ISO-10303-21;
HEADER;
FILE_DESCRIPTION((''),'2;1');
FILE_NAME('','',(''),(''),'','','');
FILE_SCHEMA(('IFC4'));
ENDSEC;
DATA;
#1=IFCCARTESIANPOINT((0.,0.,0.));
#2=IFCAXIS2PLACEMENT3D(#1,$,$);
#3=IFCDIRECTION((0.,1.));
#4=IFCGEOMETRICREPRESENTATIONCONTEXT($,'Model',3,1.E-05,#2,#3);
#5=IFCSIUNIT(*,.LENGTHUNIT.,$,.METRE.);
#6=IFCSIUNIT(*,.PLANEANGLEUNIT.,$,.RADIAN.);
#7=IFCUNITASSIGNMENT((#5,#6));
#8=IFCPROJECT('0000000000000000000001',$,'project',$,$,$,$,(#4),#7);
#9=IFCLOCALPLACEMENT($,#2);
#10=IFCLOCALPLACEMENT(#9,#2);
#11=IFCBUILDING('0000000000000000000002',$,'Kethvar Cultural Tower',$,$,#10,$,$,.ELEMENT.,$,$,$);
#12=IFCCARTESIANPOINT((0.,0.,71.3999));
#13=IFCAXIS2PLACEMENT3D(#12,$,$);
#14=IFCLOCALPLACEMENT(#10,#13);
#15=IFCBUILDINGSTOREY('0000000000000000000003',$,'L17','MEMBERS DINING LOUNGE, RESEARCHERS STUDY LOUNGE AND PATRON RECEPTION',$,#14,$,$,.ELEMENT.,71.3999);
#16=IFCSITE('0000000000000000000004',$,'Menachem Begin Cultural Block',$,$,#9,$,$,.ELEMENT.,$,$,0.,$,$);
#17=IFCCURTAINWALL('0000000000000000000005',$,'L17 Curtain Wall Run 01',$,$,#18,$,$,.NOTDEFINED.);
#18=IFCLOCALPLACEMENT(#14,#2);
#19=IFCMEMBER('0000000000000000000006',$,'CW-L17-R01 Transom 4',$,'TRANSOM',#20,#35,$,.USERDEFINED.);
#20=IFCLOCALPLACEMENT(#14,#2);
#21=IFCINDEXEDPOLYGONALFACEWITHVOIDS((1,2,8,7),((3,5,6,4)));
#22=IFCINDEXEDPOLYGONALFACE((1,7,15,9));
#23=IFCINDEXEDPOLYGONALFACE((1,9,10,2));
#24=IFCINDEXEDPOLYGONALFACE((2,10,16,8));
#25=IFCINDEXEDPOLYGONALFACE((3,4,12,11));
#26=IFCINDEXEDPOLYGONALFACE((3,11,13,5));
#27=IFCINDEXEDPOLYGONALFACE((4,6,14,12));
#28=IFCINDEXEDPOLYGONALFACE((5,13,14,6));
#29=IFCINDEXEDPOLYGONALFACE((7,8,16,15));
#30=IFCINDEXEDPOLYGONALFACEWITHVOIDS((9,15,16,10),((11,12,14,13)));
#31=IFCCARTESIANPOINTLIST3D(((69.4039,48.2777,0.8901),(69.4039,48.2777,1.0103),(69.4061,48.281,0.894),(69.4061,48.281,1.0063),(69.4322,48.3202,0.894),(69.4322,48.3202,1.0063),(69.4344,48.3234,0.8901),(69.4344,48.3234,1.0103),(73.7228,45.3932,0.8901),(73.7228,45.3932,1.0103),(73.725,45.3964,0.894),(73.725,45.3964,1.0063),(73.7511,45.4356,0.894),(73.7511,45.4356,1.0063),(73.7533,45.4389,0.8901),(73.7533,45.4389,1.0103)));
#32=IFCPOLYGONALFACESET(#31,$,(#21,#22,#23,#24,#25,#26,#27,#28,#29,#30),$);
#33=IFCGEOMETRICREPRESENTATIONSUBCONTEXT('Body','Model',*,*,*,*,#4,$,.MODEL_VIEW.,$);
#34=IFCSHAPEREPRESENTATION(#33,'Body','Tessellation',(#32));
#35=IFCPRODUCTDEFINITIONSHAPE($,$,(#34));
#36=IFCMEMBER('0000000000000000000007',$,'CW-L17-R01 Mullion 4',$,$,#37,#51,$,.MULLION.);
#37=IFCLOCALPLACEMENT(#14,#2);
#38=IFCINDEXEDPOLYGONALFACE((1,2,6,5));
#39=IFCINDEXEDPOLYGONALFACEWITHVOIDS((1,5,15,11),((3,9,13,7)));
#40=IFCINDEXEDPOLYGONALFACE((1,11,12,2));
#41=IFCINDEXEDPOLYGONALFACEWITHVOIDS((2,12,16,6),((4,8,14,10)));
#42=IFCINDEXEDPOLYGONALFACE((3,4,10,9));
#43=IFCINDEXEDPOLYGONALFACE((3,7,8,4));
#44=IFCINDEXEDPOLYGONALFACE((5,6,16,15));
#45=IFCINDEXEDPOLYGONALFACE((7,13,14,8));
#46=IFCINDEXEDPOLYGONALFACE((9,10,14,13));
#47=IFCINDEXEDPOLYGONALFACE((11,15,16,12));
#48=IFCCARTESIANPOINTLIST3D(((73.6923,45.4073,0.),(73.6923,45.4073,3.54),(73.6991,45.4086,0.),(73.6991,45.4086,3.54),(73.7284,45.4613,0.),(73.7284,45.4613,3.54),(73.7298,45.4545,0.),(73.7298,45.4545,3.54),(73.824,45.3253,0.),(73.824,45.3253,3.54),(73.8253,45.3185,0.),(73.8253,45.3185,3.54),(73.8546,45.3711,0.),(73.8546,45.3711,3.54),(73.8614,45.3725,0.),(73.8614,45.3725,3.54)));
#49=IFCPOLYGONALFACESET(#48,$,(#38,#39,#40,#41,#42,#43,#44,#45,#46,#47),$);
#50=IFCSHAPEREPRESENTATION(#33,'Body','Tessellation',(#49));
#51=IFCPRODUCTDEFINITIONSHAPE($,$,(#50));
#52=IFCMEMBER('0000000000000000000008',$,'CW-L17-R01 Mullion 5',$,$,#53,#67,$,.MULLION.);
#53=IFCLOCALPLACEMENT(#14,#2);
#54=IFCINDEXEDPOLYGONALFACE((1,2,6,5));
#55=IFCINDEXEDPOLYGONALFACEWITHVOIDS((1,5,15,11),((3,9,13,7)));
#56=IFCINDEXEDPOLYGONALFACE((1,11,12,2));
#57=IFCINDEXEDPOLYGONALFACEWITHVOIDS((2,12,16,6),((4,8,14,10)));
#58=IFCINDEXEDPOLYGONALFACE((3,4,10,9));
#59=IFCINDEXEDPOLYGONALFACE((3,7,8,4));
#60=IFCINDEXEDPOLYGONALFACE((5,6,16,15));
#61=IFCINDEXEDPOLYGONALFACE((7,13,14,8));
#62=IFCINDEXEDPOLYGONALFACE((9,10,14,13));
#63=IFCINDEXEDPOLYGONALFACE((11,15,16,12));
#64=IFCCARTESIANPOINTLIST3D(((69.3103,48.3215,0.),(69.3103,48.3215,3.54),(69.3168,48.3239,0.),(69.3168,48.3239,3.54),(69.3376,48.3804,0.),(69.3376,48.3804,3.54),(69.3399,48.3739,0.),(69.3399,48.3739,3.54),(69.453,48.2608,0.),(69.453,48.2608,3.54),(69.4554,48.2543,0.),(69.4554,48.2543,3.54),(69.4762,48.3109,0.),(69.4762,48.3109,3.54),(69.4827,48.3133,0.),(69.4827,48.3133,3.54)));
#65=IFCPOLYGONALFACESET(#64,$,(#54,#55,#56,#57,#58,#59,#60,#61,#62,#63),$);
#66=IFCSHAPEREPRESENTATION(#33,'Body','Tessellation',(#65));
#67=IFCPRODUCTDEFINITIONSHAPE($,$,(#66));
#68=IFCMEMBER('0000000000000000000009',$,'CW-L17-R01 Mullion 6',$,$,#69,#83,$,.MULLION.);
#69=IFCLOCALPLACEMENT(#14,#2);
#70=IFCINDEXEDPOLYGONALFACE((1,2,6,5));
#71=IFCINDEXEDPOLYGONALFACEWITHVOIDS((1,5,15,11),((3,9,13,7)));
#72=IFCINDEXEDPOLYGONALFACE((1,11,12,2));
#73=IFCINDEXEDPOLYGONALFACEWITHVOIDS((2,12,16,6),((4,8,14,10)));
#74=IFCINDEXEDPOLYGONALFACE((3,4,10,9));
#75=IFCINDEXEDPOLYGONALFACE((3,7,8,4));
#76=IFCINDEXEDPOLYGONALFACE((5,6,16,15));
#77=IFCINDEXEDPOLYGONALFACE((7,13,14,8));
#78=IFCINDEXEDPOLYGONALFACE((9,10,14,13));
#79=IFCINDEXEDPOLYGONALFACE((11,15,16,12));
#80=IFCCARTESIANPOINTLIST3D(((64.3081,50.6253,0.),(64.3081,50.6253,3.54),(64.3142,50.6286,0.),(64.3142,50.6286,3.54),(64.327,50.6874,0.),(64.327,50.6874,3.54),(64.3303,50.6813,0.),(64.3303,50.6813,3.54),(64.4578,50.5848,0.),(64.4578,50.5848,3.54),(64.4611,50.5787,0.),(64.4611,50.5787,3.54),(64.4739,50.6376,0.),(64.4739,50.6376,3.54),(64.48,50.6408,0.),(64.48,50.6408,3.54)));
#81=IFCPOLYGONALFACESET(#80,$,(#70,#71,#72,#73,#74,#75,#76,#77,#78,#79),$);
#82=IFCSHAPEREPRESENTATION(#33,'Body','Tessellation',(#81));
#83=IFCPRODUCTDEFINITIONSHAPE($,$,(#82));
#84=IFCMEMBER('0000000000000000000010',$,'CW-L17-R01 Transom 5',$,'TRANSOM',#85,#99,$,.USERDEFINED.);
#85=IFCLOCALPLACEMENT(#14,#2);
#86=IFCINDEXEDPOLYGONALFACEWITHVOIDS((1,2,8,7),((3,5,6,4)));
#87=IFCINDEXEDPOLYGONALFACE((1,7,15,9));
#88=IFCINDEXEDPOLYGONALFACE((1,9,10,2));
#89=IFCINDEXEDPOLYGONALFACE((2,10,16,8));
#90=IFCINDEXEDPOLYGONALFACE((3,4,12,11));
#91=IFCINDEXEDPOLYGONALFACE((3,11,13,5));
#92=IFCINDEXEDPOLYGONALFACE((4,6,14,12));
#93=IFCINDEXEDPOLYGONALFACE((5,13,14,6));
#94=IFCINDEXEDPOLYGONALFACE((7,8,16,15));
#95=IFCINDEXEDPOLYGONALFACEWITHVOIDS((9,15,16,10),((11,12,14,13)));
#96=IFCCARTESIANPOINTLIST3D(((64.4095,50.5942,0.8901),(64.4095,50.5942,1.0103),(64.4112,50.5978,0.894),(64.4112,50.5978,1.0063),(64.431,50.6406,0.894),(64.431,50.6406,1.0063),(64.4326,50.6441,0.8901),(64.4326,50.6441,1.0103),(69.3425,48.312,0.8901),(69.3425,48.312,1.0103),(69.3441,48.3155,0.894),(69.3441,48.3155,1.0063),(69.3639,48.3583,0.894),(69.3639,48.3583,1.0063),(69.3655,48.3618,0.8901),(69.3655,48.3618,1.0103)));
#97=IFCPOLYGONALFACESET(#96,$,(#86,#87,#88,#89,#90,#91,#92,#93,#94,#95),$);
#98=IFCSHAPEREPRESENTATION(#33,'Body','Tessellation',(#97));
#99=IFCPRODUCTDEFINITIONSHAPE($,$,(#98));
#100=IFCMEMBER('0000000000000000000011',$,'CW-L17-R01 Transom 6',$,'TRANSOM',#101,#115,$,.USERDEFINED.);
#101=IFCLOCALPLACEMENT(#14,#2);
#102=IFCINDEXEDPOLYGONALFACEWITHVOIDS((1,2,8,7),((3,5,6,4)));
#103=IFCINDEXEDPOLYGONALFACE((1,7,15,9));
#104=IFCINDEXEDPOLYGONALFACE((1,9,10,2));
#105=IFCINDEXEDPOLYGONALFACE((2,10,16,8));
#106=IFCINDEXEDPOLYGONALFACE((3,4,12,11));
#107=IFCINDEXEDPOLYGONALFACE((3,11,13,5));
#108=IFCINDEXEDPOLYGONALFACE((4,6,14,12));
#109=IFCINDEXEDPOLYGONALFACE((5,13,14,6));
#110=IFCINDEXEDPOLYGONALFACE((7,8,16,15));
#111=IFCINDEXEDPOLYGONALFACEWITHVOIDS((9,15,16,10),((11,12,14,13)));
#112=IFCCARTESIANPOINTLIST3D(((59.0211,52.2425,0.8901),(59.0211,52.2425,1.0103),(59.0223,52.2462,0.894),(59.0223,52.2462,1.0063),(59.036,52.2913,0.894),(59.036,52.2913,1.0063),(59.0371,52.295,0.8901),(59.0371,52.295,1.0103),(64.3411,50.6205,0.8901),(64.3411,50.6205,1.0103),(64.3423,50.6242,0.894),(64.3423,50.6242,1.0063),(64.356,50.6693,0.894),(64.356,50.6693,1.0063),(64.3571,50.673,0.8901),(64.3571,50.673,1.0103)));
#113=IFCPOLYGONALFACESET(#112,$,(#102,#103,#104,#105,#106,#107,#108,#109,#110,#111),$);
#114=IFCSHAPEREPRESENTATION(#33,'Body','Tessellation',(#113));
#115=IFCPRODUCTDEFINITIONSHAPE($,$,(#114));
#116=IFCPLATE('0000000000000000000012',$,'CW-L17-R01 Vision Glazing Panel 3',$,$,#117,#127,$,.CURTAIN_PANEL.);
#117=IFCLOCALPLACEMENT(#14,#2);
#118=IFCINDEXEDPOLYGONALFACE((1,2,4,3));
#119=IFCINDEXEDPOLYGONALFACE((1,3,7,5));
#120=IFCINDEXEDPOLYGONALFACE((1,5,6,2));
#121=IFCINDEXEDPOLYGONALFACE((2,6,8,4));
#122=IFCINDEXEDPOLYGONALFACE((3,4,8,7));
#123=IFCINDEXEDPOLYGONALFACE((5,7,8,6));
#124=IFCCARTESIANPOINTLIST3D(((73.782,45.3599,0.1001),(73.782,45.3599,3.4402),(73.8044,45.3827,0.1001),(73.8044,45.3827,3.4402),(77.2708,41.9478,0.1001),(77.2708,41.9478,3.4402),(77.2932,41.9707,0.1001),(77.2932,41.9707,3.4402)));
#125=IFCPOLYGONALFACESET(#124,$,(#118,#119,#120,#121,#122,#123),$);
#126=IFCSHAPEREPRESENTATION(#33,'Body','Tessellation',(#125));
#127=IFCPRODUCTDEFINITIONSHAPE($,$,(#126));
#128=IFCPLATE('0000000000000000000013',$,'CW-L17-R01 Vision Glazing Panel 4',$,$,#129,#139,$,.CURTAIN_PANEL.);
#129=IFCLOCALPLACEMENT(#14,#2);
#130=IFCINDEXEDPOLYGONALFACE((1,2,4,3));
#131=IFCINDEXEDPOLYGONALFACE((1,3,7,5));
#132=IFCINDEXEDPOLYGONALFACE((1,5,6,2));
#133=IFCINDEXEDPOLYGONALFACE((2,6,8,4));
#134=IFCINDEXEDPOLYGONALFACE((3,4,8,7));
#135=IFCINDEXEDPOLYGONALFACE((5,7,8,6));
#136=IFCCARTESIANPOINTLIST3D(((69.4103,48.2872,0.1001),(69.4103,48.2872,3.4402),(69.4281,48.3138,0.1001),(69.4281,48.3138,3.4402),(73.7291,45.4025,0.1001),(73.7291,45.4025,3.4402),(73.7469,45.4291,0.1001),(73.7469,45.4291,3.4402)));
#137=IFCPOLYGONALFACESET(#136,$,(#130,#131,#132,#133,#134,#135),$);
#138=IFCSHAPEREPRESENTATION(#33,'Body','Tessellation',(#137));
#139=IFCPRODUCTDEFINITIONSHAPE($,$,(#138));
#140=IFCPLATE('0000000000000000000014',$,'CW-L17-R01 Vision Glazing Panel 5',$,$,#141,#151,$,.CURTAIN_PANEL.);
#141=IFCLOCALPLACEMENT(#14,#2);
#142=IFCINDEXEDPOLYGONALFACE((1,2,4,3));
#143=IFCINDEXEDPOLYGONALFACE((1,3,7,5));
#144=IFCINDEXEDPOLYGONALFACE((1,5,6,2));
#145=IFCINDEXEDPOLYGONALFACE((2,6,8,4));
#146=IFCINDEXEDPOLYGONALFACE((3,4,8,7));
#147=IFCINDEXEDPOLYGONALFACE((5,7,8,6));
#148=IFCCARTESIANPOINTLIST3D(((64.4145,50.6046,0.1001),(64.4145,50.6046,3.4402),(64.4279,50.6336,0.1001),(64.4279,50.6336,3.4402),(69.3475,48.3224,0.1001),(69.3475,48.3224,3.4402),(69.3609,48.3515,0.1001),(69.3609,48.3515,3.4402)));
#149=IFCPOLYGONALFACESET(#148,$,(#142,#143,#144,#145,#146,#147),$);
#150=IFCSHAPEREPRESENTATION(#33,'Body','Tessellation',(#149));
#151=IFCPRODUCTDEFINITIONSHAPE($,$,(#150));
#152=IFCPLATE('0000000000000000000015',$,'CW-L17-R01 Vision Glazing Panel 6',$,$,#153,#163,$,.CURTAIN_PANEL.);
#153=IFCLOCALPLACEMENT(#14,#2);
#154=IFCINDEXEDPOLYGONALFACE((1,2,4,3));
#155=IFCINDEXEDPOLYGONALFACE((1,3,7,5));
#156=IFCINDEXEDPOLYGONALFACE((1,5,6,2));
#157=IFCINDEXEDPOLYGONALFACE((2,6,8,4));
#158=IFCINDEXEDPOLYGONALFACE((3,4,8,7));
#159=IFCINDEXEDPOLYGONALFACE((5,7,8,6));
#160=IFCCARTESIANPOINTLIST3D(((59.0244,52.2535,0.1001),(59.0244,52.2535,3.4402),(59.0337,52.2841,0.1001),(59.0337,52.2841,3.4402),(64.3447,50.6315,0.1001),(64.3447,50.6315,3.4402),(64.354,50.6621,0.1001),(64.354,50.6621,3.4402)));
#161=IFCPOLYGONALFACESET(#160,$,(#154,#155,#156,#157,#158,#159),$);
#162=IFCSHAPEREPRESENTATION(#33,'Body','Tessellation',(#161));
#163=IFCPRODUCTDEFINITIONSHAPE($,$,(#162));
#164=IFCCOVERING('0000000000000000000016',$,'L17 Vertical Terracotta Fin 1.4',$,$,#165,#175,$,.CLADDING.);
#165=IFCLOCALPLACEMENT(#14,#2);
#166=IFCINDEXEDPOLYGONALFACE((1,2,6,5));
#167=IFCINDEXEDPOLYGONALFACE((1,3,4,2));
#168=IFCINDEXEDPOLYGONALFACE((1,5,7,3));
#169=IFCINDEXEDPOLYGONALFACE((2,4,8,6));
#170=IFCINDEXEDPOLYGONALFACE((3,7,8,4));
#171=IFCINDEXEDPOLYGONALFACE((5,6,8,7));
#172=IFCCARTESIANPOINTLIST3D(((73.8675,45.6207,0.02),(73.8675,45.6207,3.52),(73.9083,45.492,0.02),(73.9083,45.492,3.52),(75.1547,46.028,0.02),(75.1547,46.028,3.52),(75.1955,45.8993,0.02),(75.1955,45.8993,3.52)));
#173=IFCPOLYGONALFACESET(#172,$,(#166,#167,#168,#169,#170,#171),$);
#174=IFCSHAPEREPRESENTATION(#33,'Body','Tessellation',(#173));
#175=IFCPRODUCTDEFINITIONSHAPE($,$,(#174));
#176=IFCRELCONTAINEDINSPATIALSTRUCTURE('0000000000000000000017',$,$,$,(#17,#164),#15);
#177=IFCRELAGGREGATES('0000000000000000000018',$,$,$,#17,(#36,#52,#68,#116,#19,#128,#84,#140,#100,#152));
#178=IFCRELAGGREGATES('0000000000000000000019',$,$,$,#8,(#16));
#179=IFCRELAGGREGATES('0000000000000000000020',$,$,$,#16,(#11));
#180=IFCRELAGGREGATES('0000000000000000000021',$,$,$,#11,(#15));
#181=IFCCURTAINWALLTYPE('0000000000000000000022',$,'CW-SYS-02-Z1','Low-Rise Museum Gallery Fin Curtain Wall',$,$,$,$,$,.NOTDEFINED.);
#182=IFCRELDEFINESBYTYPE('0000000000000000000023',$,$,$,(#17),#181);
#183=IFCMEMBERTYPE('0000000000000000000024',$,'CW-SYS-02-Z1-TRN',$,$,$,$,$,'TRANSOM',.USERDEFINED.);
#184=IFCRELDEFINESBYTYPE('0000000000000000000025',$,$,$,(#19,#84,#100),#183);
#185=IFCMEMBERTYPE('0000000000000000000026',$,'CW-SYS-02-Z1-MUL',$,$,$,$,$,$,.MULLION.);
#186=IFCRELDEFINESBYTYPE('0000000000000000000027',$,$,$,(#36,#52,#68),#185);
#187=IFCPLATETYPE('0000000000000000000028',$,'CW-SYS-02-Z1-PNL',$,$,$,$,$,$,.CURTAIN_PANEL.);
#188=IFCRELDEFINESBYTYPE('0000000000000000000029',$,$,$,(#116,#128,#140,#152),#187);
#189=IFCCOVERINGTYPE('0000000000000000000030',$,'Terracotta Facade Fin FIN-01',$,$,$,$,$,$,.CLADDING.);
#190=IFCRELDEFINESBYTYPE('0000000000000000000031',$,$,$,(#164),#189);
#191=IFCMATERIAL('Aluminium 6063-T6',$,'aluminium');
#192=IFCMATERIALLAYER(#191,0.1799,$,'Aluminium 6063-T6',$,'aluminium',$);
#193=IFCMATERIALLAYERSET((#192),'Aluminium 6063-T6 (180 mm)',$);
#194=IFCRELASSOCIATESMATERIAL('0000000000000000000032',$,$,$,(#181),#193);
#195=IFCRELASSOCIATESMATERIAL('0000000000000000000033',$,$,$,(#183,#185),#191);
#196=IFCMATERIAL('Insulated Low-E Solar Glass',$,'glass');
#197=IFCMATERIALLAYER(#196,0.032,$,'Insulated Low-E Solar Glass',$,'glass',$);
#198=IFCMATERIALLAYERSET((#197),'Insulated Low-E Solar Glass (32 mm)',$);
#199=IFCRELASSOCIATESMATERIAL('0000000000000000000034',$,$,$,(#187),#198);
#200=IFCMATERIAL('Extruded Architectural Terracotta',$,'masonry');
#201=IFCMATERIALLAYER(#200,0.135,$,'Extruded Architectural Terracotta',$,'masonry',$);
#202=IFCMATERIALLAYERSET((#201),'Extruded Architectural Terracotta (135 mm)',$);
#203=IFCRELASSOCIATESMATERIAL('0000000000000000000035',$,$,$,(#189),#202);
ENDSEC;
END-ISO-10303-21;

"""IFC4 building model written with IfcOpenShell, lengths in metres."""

from ifc_helpers import new_model, si_unit, direction, frame, origin, origin_2d, place, context, subcontext, project, spatial, rectangle, hollow_rectangle, extrude, source, transform, mapped, material, layer, layer_set, material_profile, profile_set, type_object, element, aggregate, save


model = new_model("IFC4")

# Units and contexts
model_context = context("Model", 3, precision=1e-05, world=origin(), true_north=direction((0.0, 1.0)))
body_context = subcontext(model_context, "Body", "Model", "MODEL_VIEW")
ifc_project = project(units=[si_unit("LENGTHUNIT", "METRE"), si_unit("PLANEANGLEUNIT", "RADIAN")], contexts=[model_context])

# Site, building, storey
site_placement = place(None, origin())
site = spatial("IfcSite", under=ifc_project, at=site_placement, Name="Menachem Begin Cultural Block", CompositionType="ELEMENT", RefElevation=0.0)
building_placement = place(site_placement, origin())
building = spatial("IfcBuilding", under=site, at=building_placement, Name="Kethvar Cultural Tower", CompositionType="ELEMENT")
storey_placement = place(building_placement, frame((0.0, 0.0, 71.3999)))
storey = spatial("IfcBuildingStorey", under=building, at=storey_placement, Name="L17", Description="MEMBERS DINING LOUNGE, RESEARCHERS STUDY LOUNGE AND PATRON RECEPTION", CompositionType="ELEMENT", Elevation=71.3999)

# Curtain wall, members, plates
ifc_material_1 = material(Name="Aluminium 6063-T6", Category="aluminium")
ifc_layer_1 = layer(ifc_material_1, 0.1799, Name="Aluminium 6063-T6", Category="aluminium")
ifc_layer_set_1 = layer_set([ifc_layer_1], Name="Aluminium 6063-T6 (180 mm)")
curtain_wall_type = type_object("IfcCurtainWallType", Name="CW-SYS-02-Z1", Description="Low-Rise Museum Gallery Fin Curtain Wall", PredefinedType="NOTDEFINED", material=ifc_layer_set_1)
curtain_wall_placement = place(storey_placement, origin())
curtain_wall = element("IfcCurtainWall", 1, at=curtain_wall_placement, inside=storey, type_object=curtain_wall_type, Name="L17 Curtain Wall Run 01", PredefinedType="NOTDEFINED")
ifc_material_profile_1 = material_profile(ifc_material_1, hollow_rectangle(XDim=0.0549, YDim=0.1201, WallThickness=0.0039, at=origin_2d()), Name="Aluminium 6063-T6 — RHS120x55x4")
ifc_profile_set_1 = profile_set([ifc_material_profile_1], Name="Aluminium 6063-T6 — RHS120x55x4")
member_type_1 = type_object("IfcMemberType", Name="CW-SYS-02-Z1-TRN", ElementType="TRANSOM", PredefinedType="USERDEFINED", material=ifc_profile_set_1)
shared_shape_1 = source(origin(), body_context, "Body", "SweptSolid", [
    extrude(hollow_rectangle(XDim=0.0549, YDim=0.1201, WallThickness=0.0039, at=origin_2d()), origin(), (0.0, 0.0, 1.0), 5.1936),
])
member_1_placement = place(storey_placement, frame((73.738, 45.416, 0.9502), z_axis=(-0.83158, 0.555405, 0.0), x_axis=(-0.555405, -0.83158, 0.0)))
member_1 = element("IfcMember", 2, at=member_1_placement, type_object=member_type_1, Name="CW-L17-R01 Transom 4", ObjectType="TRANSOM", PredefinedType="USERDEFINED", context=body_context, shape_type="MappedRepresentation", body=[
    mapped(shared_shape_1, transform((0.0, 0.0, 0.0), scale=1.0)),
])
ifc_material_profile_2 = material_profile(ifc_material_1, hollow_rectangle(XDim=0.0649, YDim=0.1599, WallThickness=0.0049, at=origin_2d()), Name="Aluminium 6063-T6 — RHS160x65x5")
ifc_profile_set_2 = profile_set([ifc_material_profile_2], Name="Aluminium 6063-T6 — RHS160x65x5")
member_type_2 = type_object("IfcMemberType", Name="CW-SYS-02-Z1-MUL", PredefinedType="MULLION", material=ifc_profile_set_2)
shared_shape_2 = source(origin(), body_context, "Body", "SweptSolid", [
    extrude(hollow_rectangle(XDim=0.0649, YDim=0.1599, WallThickness=0.0049, at=origin_2d()), origin(), (0.0, 0.0, 1.0), 3.54),
])
member_2_placement = place(storey_placement, frame((73.7769, 45.3899, 0.0), z_axis=(0.0, 0.0, 1.0), x_axis=(-0.555425, -0.831567, 0.0)))
member_2 = element("IfcMember", 3, at=member_2_placement, type_object=member_type_2, Name="CW-L17-R01 Mullion 4", PredefinedType="MULLION", context=body_context, shape_type="MappedRepresentation", body=[
    mapped(shared_shape_2, transform((0.0, 0.0, 0.0), scale=1.0)),
])
member_3_placement = place(storey_placement, frame((69.3965, 48.3174, 0.0), z_axis=(0.0, 0.0, 1.0), x_axis=(-0.41988, -0.90758, 0.0)))
member_3 = element("IfcMember", 4, at=member_3_placement, type_object=member_type_2, Name="CW-L17-R01 Mullion 5", PredefinedType="MULLION", context=body_context, shape_type="MappedRepresentation", body=[
    mapped(shared_shape_2, transform((0.0, 0.0, 0.0), scale=1.0)),
])
member_4_placement = place(storey_placement, frame((64.394, 50.6331, 0.0), z_axis=(0.0, 0.0, 1.0), x_axis=(-0.291621, -0.956534, 0.0)))
member_4 = element("IfcMember", 5, at=member_4_placement, type_object=member_type_2, Name="CW-L17-R01 Mullion 6", PredefinedType="MULLION", context=body_context, shape_type="MappedRepresentation", body=[
    mapped(shared_shape_2, transform((0.0, 0.0, 0.0), scale=1.0)),
])
shared_shape_3 = source(origin(), body_context, "Body", "SweptSolid", [
    extrude(hollow_rectangle(XDim=0.0549, YDim=0.1201, WallThickness=0.0039, at=origin_2d()), origin(), (0.0, 0.0, 1.0), 5.4353),
])
member_5_placement = place(storey_placement, frame((69.354, 48.3369, 0.9502), z_axis=(-0.907572, 0.419895, 0.0), x_axis=(-0.419895, -0.907572, 0.0)))
member_5 = element("IfcMember", 6, at=member_5_placement, type_object=member_type_1, Name="CW-L17-R01 Transom 5", ObjectType="TRANSOM", PredefinedType="USERDEFINED", context=body_context, shape_type="MappedRepresentation", body=[
    mapped(shared_shape_3, transform((0.0, 0.0, 0.0), scale=1.0)),
])
shared_shape_4 = source(origin(), body_context, "Body", "SweptSolid", [
    extrude(hollow_rectangle(XDim=0.0549, YDim=0.1201, WallThickness=0.0039, at=origin_2d()), origin(), (0.0, 0.0, 1.0), 5.5618),
])
member_6_placement = place(storey_placement, frame((64.3491, 50.6467, 0.9502), z_axis=(-0.956528, 0.291642, 0.0), x_axis=(-0.291642, -0.956528, 0.0)))
member_6 = element("IfcMember", 7, at=member_6_placement, type_object=member_type_1, Name="CW-L17-R01 Transom 6", ObjectType="TRANSOM", PredefinedType="USERDEFINED", context=body_context, shape_type="MappedRepresentation", body=[
    mapped(shared_shape_4, transform((0.0, 0.0, 0.0), scale=1.0)),
])
ifc_material_2 = material(Name="Insulated Low-E Solar Glass", Category="glass")
ifc_layer_2 = layer(ifc_material_2, 0.032, Name="Insulated Low-E Solar Glass", Category="glass")
ifc_layer_set_2 = layer_set([ifc_layer_2], Name="Insulated Low-E Solar Glass (32 mm)")
plate_type = type_object("IfcPlateType", Name="CW-SYS-02-Z1-PNL", PredefinedType="CURTAIN_PANEL", material=ifc_layer_set_2)
shared_shape_5 = source(origin(), body_context, "Body", "SweptSolid", [
    extrude(rectangle(XDim=4.8799, YDim=0.032, at=origin_2d()), origin(), (0.0, 0.0, 1.0), 3.3401),
])
plate_1_placement = place(storey_placement, frame((75.5376, 43.6653, 0.1001), z_axis=(0.0, 0.0, 1.0), x_axis=(-0.714924, 0.699202, 0.0)))
plate_1 = element("IfcPlate", 8, at=plate_1_placement, type_object=plate_type, Name="CW-L17-R01 Vision Glazing Panel 3", PredefinedType="CURTAIN_PANEL", context=body_context, shape_type="MappedRepresentation", body=[
    mapped(shared_shape_5, transform((0.0, 0.0, 0.0), scale=1.0)),
])
shared_shape_6 = source(origin(), body_context, "Body", "SweptSolid", [
    extrude(rectangle(XDim=5.1936, YDim=0.032, at=origin_2d()), origin(), (0.0, 0.0, 1.0), 3.3401),
])
plate_2_placement = place(storey_placement, frame((71.5786, 46.8582, 0.1001), z_axis=(0.0, 0.0, 1.0), x_axis=(-0.831567, 0.555425, 0.0)))
plate_2 = element("IfcPlate", 9, at=plate_2_placement, type_object=plate_type, Name="CW-L17-R01 Vision Glazing Panel 4", PredefinedType="CURTAIN_PANEL", context=body_context, shape_type="MappedRepresentation", body=[
    mapped(shared_shape_6, transform((0.0, 0.0, 0.0), scale=1.0)),
])
shared_shape_7 = source(origin(), body_context, "Body", "SweptSolid", [
    extrude(rectangle(XDim=5.4353, YDim=0.032, at=origin_2d()), origin(), (0.0, 0.0, 1.0), 3.3401),
])
plate_3_placement = place(storey_placement, frame((66.8877, 49.478, 0.1001), z_axis=(0.0, 0.0, 1.0), x_axis=(-0.90758, 0.41988, 0.0)))
plate_3 = element("IfcPlate", 10, at=plate_3_placement, type_object=plate_type, Name="CW-L17-R01 Vision Glazing Panel 5", PredefinedType="CURTAIN_PANEL", context=body_context, shape_type="MappedRepresentation", body=[
    mapped(shared_shape_7, transform((0.0, 0.0, 0.0), scale=1.0)),
])
shared_shape_8 = source(origin(), body_context, "Body", "SweptSolid", [
    extrude(rectangle(XDim=5.562, YDim=0.032, at=origin_2d()), origin(), (0.0, 0.0, 1.0), 3.3401),
])
plate_4_placement = place(storey_placement, frame((61.6892, 51.4578, 0.1001), z_axis=(0.0, 0.0, 1.0), x_axis=(-0.956534, 0.291621, 0.0)))
plate_4 = element("IfcPlate", 11, at=plate_4_placement, type_object=plate_type, Name="CW-L17-R01 Vision Glazing Panel 6", PredefinedType="CURTAIN_PANEL", context=body_context, shape_type="MappedRepresentation", body=[
    mapped(shared_shape_8, transform((0.0, 0.0, 0.0), scale=1.0)),
])
aggregate(curtain_wall, [member_2, member_3, member_4, plate_1, member_1, plate_2, member_5, plate_3, member_6, plate_4])

# Covering
ifc_material_3 = material(Name="Extruded Architectural Terracotta", Category="masonry")
ifc_layer_3 = layer(ifc_material_3, 0.135, Name="Extruded Architectural Terracotta", Category="masonry")
ifc_layer_set_3 = layer_set([ifc_layer_3], Name="Extruded Architectural Terracotta (135 mm)")
covering_type = type_object("IfcCoveringType", Name="Terracotta Facade Fin FIN-01", PredefinedType="CLADDING", material=ifc_layer_set_3)
shared_shape_9 = source(origin(), body_context, "Body", "SweptSolid", [
    extrude(rectangle(XDim=1.3501, YDim=0.135, at=origin_2d()), origin(), (0.0, 0.0, 1.0), 3.5),
])
for number, where, z_axis, x_axis, name in (
    (12, (74.5315, 45.76, 0.02), (0.0, 0.0, 1.0), (0.953402, 0.301704, 0.0), "L17 Vertical Terracotta Fin 1.4"),
):
    element("IfcCovering", number, at=place(storey_placement, frame(where, z_axis=z_axis, x_axis=x_axis)), inside=storey, type_object=covering_type, Name=name, PredefinedType="CLADDING", context=body_context, shape_type="MappedRepresentation", body=[
        mapped(shared_shape_9, transform((0.0, 0.0, 0.0), scale=1.0)),
    ])

save(model, "model.ifc")
